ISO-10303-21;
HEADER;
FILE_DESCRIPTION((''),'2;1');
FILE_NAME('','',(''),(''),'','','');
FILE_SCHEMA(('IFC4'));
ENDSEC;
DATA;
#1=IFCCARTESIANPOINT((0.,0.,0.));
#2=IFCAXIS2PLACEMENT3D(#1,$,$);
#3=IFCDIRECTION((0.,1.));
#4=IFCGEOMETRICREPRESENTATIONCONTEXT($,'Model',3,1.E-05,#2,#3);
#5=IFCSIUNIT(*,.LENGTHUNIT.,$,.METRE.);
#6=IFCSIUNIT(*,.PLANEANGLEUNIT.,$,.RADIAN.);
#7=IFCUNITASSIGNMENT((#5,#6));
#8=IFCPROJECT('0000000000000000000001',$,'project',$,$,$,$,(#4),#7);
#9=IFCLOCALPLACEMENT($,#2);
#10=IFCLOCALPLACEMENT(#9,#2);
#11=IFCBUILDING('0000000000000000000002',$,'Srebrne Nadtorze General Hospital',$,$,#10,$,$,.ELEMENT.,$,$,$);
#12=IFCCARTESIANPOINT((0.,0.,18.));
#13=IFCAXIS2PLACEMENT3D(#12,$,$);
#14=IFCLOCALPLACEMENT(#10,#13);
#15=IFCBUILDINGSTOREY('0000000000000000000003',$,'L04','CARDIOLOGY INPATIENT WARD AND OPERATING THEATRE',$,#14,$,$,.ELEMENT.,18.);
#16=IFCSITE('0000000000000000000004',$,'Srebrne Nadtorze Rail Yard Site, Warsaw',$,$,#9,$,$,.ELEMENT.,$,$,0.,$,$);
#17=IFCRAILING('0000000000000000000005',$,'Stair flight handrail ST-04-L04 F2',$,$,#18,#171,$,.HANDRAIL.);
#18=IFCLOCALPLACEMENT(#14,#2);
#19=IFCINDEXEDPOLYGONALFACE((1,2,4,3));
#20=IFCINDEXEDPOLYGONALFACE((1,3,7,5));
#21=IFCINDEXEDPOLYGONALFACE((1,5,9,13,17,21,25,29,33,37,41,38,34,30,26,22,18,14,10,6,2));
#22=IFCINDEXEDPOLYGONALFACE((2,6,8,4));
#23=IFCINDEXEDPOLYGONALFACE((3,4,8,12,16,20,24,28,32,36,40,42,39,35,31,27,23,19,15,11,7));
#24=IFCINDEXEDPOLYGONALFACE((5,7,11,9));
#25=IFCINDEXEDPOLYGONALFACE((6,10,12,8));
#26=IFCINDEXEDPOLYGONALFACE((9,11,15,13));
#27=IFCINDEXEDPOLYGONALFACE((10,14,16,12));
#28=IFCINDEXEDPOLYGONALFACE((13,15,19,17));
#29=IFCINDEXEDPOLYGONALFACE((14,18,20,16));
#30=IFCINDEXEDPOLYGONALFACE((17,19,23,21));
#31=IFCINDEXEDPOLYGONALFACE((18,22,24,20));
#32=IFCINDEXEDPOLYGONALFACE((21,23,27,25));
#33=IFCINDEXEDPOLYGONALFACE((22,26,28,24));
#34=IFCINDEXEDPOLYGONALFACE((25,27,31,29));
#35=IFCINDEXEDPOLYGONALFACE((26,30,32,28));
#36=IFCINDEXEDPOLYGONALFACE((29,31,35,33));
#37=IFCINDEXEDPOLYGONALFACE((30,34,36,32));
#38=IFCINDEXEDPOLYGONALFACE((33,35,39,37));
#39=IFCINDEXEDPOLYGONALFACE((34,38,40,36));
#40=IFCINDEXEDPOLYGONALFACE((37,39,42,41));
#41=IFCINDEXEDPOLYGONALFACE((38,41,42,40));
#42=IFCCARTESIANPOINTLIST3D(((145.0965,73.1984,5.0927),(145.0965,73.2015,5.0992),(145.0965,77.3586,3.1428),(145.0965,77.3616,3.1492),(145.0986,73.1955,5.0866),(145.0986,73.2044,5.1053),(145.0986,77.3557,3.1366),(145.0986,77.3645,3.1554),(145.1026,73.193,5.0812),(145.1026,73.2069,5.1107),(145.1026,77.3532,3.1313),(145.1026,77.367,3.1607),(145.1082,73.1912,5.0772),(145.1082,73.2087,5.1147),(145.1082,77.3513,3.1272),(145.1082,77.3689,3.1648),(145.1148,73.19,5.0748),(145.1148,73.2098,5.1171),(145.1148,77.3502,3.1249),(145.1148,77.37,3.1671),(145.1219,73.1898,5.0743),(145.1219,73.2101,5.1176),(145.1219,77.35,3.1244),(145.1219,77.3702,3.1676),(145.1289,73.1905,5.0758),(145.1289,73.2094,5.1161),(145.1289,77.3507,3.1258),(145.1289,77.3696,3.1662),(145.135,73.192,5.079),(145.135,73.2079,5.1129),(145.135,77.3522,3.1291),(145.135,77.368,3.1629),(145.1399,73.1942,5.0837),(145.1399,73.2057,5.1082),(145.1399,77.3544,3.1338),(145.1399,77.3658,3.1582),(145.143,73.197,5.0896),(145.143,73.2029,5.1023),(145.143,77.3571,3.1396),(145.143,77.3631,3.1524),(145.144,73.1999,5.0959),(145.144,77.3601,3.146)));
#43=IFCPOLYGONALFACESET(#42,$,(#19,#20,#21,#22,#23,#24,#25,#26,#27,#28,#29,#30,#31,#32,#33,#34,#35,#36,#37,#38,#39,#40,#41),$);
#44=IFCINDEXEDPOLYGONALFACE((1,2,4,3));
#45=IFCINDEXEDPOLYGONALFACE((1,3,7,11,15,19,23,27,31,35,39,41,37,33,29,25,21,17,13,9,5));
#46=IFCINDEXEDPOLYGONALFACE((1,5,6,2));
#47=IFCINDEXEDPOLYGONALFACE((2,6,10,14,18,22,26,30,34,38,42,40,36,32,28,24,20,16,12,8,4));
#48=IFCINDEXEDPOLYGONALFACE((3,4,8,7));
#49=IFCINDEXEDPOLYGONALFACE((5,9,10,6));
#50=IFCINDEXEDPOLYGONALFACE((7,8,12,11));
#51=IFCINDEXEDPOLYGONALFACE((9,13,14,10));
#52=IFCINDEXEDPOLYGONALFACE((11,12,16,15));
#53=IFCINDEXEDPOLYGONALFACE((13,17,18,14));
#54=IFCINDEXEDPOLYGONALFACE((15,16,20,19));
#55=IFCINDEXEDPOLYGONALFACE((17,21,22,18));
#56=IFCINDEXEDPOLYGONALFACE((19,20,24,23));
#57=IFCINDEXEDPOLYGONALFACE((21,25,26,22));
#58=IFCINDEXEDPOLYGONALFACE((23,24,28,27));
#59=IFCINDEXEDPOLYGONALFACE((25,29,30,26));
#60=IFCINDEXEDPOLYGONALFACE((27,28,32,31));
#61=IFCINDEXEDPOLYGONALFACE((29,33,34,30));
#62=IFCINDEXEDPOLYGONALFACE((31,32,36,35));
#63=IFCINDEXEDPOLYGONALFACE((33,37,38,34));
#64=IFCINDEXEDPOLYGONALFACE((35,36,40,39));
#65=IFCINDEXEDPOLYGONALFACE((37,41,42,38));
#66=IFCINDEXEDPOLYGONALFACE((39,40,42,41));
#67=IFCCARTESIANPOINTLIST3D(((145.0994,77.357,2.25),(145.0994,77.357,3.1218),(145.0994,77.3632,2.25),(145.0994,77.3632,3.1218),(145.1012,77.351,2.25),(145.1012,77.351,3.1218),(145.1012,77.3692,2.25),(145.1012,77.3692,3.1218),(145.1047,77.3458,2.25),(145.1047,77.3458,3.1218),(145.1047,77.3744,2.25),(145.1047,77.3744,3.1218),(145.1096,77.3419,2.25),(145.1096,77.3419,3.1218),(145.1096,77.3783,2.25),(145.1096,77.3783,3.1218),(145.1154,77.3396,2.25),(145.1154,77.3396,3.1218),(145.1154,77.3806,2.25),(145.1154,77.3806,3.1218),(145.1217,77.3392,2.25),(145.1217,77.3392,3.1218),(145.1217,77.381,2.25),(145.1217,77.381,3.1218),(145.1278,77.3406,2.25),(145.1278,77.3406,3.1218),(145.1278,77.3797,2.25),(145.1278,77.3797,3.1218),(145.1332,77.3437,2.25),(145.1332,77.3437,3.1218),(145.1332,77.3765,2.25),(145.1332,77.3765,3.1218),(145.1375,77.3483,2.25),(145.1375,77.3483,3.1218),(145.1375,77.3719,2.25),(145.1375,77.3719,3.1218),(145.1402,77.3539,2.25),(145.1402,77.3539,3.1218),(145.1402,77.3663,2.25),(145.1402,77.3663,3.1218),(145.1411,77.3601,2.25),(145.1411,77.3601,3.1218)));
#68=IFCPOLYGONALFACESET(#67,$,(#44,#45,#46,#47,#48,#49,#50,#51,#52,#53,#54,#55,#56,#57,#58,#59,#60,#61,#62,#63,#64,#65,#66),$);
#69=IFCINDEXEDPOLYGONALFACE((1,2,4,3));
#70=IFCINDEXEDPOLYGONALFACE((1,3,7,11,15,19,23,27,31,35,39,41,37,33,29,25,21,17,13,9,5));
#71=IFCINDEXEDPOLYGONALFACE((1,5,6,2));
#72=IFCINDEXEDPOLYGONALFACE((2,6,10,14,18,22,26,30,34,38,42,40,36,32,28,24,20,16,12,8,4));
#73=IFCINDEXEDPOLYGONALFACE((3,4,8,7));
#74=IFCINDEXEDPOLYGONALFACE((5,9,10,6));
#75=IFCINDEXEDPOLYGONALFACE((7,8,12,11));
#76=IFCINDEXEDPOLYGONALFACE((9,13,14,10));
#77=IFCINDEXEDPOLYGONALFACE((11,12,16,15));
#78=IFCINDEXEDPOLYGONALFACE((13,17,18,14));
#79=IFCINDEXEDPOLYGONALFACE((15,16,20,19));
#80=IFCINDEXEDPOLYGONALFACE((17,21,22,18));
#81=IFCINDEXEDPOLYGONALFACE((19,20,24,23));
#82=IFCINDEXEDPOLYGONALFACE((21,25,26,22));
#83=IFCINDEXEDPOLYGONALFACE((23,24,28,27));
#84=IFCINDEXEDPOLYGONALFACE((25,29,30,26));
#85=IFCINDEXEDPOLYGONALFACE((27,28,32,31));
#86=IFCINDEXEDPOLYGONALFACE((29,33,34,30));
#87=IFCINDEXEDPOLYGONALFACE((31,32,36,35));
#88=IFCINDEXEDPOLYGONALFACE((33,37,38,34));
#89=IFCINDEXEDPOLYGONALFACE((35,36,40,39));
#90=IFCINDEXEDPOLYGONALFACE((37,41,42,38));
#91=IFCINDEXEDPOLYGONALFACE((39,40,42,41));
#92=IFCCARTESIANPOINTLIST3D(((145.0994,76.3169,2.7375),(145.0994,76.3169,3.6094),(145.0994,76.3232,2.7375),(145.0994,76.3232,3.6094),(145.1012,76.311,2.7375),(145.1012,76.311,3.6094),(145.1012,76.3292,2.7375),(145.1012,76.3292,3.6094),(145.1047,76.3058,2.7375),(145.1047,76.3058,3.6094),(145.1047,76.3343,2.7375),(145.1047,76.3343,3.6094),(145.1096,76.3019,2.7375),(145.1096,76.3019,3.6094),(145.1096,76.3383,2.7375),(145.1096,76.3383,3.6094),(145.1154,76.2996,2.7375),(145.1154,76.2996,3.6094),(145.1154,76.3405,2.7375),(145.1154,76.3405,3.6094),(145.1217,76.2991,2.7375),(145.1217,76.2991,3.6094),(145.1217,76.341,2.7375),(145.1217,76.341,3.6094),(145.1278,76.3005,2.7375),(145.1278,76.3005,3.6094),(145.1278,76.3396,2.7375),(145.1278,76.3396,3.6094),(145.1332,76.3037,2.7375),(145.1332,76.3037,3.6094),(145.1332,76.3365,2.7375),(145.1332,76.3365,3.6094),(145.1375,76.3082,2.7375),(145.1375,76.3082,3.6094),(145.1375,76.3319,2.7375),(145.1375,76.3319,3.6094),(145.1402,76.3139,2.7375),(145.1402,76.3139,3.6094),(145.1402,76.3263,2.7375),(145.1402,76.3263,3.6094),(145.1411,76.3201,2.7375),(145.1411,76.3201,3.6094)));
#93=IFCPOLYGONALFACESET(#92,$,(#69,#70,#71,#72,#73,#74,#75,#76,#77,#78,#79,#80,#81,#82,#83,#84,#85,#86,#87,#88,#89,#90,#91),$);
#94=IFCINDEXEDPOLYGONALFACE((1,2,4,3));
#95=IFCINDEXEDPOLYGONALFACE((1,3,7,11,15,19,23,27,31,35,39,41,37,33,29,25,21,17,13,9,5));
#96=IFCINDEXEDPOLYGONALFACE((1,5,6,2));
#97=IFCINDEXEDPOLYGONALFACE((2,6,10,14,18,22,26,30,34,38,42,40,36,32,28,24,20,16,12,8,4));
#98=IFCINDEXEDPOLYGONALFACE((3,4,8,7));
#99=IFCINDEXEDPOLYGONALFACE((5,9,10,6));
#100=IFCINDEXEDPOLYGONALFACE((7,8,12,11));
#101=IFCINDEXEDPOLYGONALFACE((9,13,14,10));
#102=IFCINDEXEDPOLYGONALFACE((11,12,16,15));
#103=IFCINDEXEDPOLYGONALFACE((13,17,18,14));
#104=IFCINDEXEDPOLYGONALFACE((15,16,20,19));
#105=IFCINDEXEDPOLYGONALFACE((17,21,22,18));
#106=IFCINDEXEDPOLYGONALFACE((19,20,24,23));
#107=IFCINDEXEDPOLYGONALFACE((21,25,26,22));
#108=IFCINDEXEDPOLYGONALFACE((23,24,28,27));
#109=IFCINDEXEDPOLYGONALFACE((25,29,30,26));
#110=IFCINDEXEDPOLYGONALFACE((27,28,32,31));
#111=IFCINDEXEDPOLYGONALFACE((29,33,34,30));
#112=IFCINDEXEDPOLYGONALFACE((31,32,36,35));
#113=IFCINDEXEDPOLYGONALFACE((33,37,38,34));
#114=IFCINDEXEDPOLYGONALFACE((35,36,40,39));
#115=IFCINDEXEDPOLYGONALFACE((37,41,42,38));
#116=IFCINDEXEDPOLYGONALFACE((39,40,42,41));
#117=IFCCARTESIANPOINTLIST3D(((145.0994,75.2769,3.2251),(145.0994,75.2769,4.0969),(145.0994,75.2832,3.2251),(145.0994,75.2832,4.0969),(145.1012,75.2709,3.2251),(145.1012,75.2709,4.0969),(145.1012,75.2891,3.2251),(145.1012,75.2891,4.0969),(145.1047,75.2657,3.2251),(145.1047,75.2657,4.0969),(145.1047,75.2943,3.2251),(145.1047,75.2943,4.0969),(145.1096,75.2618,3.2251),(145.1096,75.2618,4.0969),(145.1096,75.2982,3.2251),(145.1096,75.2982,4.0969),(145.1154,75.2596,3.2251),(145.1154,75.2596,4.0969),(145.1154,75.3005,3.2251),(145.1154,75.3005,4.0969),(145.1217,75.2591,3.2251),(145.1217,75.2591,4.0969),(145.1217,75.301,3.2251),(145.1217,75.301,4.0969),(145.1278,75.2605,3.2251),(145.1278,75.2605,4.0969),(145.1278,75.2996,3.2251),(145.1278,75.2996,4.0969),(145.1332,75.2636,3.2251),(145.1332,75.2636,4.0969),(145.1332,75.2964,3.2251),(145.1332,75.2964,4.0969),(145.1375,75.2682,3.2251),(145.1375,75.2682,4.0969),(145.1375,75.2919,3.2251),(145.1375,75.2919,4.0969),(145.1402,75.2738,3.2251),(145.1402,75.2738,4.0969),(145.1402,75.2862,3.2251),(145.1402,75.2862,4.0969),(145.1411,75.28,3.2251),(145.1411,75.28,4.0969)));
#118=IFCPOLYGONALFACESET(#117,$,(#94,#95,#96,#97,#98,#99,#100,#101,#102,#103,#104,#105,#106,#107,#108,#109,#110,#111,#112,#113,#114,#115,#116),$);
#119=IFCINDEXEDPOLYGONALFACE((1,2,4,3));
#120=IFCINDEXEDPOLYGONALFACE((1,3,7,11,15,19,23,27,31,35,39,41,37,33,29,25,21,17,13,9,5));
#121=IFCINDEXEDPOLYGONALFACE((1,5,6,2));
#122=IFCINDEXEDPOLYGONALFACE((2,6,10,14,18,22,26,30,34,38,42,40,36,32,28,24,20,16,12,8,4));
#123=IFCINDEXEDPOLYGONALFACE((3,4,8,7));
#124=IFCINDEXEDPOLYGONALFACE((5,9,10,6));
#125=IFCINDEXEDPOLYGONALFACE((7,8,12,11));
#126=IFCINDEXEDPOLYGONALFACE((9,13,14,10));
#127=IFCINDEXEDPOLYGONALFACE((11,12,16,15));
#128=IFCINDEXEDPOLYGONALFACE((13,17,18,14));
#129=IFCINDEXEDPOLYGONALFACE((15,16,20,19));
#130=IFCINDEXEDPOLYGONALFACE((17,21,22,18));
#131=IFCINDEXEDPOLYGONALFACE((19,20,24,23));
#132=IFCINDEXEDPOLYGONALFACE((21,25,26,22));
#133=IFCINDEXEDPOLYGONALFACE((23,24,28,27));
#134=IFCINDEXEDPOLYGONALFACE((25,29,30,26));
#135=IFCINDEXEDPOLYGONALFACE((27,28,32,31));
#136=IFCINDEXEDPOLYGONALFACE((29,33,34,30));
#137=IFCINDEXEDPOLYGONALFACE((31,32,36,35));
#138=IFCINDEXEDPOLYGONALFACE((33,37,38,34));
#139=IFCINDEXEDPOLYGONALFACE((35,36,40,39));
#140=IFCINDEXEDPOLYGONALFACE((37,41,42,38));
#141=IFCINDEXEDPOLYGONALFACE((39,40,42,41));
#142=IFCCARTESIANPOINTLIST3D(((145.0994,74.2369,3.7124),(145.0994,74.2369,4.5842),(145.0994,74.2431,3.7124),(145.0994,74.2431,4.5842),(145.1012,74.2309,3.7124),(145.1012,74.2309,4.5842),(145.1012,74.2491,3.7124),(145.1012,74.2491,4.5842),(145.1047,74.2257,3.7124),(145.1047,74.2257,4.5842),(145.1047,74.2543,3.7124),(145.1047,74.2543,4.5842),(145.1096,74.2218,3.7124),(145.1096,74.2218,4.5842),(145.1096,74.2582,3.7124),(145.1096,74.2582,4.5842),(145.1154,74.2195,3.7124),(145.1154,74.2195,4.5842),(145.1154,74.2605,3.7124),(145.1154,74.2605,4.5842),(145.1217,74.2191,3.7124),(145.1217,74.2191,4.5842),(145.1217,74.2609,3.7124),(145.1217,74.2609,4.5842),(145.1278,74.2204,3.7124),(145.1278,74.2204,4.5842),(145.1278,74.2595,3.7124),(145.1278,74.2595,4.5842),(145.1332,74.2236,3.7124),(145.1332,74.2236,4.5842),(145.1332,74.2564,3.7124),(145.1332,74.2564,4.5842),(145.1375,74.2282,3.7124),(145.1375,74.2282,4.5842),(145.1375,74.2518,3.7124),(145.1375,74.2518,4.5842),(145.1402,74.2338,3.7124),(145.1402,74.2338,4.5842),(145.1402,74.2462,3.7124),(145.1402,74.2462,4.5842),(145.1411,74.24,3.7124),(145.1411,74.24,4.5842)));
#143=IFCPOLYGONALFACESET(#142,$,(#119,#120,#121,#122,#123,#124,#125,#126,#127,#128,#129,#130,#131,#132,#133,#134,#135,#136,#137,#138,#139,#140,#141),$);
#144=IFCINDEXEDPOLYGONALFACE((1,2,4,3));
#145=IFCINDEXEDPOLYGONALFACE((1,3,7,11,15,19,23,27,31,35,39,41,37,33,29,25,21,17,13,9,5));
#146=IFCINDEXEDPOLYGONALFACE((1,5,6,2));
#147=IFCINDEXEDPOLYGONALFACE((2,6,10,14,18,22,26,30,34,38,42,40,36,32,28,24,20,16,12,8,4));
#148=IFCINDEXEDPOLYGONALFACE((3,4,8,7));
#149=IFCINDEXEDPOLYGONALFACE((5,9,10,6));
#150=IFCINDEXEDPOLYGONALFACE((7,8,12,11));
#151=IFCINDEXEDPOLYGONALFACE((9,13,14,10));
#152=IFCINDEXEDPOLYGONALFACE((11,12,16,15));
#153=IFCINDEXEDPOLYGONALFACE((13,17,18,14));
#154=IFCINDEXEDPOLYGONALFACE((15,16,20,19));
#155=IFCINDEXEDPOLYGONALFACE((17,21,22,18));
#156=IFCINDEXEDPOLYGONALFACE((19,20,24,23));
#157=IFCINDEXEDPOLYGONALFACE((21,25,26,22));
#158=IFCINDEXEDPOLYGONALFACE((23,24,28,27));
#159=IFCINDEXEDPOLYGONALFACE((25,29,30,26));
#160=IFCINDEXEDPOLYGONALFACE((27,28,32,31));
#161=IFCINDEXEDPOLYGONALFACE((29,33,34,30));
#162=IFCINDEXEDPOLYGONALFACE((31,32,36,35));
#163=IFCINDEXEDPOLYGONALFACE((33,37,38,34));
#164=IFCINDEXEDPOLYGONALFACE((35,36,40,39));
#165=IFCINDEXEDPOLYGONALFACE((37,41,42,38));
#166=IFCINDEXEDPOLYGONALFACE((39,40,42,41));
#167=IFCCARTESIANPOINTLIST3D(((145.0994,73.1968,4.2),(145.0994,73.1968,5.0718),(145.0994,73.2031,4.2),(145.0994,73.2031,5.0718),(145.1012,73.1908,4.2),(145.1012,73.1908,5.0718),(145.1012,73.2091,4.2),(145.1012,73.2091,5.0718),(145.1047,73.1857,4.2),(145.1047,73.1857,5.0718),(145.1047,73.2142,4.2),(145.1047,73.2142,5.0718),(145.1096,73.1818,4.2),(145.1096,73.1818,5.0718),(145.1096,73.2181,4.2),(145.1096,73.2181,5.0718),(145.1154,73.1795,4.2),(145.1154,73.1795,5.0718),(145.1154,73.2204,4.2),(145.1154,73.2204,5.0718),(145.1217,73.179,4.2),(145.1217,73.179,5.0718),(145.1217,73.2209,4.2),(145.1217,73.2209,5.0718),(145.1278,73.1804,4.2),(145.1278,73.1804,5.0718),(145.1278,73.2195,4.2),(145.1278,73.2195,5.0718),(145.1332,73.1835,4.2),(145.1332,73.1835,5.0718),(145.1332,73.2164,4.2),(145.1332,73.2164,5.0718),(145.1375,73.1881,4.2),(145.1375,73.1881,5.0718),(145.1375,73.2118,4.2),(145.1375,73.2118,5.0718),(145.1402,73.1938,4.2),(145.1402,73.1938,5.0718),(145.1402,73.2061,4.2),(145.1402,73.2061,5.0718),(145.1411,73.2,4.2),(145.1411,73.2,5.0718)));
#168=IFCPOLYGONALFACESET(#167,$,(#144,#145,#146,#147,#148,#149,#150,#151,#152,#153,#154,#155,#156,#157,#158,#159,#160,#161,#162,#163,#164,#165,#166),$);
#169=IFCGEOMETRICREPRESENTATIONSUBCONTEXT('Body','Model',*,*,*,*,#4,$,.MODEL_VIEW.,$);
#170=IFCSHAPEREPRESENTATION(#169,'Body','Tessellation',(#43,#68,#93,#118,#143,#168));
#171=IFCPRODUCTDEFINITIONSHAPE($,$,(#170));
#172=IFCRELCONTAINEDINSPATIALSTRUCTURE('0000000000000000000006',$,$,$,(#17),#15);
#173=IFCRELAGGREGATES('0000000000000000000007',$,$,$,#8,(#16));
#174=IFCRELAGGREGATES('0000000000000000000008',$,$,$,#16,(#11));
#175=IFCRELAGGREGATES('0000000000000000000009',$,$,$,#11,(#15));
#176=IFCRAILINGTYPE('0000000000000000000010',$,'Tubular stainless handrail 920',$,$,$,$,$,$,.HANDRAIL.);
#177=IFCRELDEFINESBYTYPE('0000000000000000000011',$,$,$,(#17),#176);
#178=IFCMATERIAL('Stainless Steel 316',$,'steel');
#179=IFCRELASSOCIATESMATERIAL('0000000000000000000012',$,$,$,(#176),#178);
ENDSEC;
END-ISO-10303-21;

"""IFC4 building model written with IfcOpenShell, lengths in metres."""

from ifc_helpers import new_model, si_unit, direction, frame, origin, origin_2d, place, context, subcontext, project, spatial, circle, extrude, material, type_object, element, save


model = new_model("IFC4")

# Units and contexts
model_context = context("Model", 3, precision=1e-05, world=origin(), true_north=direction((0.0, 1.0)))
body_context = subcontext(model_context, "Body", "Model", "MODEL_VIEW")
ifc_project = project(units=[si_unit("LENGTHUNIT", "METRE"), si_unit("PLANEANGLEUNIT", "RADIAN")], contexts=[model_context])

# Site, building, storey
site_placement = place(None, origin())
site = spatial("IfcSite", under=ifc_project, at=site_placement, Name="Srebrne Nadtorze Rail Yard Site, Warsaw", CompositionType="ELEMENT", RefElevation=0.0)
building_placement = place(site_placement, origin())
building = spatial("IfcBuilding", under=site, at=building_placement, Name="Srebrne Nadtorze General Hospital", CompositionType="ELEMENT")
storey_placement = place(building_placement, frame((0.0, 0.0, 18.0)))
storey = spatial("IfcBuildingStorey", under=building, at=storey_placement, Name="L04", Description="CARDIOLOGY INPATIENT WARD AND OPERATING THEATRE", CompositionType="ELEMENT", Elevation=18.0)

# Railing
ifc_material_1 = material(Name="Stainless Steel 316", Category="steel")
railing_type_1 = type_object("IfcRailingType", Name="Tubular stainless handrail 920", PredefinedType="HANDRAIL", material=ifc_material_1)
railing_1_placement = place(storey_placement, frame((145.1201, 77.3601, 2.25)))
element("IfcRailing", 1, at=railing_1_placement, inside=storey, type_object=railing_type_1, Name="Stair flight handrail ST-04-L04 F2", PredefinedType="HANDRAIL", context=body_context, shape_type="SweptSolid", body=[
    extrude(circle(Radius=0.0239, at=origin_2d()), frame((0.0, 0.0, 0.896), z_axis=(0.0, -0.905469, 0.424412), x_axis=(1.0, 0.0, 0.0)), (0.0, 0.0, 1.0), 4.5945),
    extrude(circle(Radius=0.021, at=origin_2d()), origin(), (0.0, 0.0, 1.0), 0.8718),
    extrude(circle(Radius=0.021, at=origin_2d()), frame((0.0, -1.04, 0.4875)), (0.0, 0.0, 1.0), 0.8718),
    extrude(circle(Radius=0.021, at=origin_2d()), frame((0.0, -2.0801, 0.9751)), (0.0, 0.0, 1.0), 0.8718),
    extrude(circle(Radius=0.021, at=origin_2d()), frame((0.0, -3.1201, 1.4624)), (0.0, 0.0, 1.0), 0.8718),
    extrude(circle(Radius=0.021, at=origin_2d()), frame((0.0, -4.1602, 1.95)), (0.0, 0.0, 1.0), 0.8718),
])

save(model, "model.ifc")
